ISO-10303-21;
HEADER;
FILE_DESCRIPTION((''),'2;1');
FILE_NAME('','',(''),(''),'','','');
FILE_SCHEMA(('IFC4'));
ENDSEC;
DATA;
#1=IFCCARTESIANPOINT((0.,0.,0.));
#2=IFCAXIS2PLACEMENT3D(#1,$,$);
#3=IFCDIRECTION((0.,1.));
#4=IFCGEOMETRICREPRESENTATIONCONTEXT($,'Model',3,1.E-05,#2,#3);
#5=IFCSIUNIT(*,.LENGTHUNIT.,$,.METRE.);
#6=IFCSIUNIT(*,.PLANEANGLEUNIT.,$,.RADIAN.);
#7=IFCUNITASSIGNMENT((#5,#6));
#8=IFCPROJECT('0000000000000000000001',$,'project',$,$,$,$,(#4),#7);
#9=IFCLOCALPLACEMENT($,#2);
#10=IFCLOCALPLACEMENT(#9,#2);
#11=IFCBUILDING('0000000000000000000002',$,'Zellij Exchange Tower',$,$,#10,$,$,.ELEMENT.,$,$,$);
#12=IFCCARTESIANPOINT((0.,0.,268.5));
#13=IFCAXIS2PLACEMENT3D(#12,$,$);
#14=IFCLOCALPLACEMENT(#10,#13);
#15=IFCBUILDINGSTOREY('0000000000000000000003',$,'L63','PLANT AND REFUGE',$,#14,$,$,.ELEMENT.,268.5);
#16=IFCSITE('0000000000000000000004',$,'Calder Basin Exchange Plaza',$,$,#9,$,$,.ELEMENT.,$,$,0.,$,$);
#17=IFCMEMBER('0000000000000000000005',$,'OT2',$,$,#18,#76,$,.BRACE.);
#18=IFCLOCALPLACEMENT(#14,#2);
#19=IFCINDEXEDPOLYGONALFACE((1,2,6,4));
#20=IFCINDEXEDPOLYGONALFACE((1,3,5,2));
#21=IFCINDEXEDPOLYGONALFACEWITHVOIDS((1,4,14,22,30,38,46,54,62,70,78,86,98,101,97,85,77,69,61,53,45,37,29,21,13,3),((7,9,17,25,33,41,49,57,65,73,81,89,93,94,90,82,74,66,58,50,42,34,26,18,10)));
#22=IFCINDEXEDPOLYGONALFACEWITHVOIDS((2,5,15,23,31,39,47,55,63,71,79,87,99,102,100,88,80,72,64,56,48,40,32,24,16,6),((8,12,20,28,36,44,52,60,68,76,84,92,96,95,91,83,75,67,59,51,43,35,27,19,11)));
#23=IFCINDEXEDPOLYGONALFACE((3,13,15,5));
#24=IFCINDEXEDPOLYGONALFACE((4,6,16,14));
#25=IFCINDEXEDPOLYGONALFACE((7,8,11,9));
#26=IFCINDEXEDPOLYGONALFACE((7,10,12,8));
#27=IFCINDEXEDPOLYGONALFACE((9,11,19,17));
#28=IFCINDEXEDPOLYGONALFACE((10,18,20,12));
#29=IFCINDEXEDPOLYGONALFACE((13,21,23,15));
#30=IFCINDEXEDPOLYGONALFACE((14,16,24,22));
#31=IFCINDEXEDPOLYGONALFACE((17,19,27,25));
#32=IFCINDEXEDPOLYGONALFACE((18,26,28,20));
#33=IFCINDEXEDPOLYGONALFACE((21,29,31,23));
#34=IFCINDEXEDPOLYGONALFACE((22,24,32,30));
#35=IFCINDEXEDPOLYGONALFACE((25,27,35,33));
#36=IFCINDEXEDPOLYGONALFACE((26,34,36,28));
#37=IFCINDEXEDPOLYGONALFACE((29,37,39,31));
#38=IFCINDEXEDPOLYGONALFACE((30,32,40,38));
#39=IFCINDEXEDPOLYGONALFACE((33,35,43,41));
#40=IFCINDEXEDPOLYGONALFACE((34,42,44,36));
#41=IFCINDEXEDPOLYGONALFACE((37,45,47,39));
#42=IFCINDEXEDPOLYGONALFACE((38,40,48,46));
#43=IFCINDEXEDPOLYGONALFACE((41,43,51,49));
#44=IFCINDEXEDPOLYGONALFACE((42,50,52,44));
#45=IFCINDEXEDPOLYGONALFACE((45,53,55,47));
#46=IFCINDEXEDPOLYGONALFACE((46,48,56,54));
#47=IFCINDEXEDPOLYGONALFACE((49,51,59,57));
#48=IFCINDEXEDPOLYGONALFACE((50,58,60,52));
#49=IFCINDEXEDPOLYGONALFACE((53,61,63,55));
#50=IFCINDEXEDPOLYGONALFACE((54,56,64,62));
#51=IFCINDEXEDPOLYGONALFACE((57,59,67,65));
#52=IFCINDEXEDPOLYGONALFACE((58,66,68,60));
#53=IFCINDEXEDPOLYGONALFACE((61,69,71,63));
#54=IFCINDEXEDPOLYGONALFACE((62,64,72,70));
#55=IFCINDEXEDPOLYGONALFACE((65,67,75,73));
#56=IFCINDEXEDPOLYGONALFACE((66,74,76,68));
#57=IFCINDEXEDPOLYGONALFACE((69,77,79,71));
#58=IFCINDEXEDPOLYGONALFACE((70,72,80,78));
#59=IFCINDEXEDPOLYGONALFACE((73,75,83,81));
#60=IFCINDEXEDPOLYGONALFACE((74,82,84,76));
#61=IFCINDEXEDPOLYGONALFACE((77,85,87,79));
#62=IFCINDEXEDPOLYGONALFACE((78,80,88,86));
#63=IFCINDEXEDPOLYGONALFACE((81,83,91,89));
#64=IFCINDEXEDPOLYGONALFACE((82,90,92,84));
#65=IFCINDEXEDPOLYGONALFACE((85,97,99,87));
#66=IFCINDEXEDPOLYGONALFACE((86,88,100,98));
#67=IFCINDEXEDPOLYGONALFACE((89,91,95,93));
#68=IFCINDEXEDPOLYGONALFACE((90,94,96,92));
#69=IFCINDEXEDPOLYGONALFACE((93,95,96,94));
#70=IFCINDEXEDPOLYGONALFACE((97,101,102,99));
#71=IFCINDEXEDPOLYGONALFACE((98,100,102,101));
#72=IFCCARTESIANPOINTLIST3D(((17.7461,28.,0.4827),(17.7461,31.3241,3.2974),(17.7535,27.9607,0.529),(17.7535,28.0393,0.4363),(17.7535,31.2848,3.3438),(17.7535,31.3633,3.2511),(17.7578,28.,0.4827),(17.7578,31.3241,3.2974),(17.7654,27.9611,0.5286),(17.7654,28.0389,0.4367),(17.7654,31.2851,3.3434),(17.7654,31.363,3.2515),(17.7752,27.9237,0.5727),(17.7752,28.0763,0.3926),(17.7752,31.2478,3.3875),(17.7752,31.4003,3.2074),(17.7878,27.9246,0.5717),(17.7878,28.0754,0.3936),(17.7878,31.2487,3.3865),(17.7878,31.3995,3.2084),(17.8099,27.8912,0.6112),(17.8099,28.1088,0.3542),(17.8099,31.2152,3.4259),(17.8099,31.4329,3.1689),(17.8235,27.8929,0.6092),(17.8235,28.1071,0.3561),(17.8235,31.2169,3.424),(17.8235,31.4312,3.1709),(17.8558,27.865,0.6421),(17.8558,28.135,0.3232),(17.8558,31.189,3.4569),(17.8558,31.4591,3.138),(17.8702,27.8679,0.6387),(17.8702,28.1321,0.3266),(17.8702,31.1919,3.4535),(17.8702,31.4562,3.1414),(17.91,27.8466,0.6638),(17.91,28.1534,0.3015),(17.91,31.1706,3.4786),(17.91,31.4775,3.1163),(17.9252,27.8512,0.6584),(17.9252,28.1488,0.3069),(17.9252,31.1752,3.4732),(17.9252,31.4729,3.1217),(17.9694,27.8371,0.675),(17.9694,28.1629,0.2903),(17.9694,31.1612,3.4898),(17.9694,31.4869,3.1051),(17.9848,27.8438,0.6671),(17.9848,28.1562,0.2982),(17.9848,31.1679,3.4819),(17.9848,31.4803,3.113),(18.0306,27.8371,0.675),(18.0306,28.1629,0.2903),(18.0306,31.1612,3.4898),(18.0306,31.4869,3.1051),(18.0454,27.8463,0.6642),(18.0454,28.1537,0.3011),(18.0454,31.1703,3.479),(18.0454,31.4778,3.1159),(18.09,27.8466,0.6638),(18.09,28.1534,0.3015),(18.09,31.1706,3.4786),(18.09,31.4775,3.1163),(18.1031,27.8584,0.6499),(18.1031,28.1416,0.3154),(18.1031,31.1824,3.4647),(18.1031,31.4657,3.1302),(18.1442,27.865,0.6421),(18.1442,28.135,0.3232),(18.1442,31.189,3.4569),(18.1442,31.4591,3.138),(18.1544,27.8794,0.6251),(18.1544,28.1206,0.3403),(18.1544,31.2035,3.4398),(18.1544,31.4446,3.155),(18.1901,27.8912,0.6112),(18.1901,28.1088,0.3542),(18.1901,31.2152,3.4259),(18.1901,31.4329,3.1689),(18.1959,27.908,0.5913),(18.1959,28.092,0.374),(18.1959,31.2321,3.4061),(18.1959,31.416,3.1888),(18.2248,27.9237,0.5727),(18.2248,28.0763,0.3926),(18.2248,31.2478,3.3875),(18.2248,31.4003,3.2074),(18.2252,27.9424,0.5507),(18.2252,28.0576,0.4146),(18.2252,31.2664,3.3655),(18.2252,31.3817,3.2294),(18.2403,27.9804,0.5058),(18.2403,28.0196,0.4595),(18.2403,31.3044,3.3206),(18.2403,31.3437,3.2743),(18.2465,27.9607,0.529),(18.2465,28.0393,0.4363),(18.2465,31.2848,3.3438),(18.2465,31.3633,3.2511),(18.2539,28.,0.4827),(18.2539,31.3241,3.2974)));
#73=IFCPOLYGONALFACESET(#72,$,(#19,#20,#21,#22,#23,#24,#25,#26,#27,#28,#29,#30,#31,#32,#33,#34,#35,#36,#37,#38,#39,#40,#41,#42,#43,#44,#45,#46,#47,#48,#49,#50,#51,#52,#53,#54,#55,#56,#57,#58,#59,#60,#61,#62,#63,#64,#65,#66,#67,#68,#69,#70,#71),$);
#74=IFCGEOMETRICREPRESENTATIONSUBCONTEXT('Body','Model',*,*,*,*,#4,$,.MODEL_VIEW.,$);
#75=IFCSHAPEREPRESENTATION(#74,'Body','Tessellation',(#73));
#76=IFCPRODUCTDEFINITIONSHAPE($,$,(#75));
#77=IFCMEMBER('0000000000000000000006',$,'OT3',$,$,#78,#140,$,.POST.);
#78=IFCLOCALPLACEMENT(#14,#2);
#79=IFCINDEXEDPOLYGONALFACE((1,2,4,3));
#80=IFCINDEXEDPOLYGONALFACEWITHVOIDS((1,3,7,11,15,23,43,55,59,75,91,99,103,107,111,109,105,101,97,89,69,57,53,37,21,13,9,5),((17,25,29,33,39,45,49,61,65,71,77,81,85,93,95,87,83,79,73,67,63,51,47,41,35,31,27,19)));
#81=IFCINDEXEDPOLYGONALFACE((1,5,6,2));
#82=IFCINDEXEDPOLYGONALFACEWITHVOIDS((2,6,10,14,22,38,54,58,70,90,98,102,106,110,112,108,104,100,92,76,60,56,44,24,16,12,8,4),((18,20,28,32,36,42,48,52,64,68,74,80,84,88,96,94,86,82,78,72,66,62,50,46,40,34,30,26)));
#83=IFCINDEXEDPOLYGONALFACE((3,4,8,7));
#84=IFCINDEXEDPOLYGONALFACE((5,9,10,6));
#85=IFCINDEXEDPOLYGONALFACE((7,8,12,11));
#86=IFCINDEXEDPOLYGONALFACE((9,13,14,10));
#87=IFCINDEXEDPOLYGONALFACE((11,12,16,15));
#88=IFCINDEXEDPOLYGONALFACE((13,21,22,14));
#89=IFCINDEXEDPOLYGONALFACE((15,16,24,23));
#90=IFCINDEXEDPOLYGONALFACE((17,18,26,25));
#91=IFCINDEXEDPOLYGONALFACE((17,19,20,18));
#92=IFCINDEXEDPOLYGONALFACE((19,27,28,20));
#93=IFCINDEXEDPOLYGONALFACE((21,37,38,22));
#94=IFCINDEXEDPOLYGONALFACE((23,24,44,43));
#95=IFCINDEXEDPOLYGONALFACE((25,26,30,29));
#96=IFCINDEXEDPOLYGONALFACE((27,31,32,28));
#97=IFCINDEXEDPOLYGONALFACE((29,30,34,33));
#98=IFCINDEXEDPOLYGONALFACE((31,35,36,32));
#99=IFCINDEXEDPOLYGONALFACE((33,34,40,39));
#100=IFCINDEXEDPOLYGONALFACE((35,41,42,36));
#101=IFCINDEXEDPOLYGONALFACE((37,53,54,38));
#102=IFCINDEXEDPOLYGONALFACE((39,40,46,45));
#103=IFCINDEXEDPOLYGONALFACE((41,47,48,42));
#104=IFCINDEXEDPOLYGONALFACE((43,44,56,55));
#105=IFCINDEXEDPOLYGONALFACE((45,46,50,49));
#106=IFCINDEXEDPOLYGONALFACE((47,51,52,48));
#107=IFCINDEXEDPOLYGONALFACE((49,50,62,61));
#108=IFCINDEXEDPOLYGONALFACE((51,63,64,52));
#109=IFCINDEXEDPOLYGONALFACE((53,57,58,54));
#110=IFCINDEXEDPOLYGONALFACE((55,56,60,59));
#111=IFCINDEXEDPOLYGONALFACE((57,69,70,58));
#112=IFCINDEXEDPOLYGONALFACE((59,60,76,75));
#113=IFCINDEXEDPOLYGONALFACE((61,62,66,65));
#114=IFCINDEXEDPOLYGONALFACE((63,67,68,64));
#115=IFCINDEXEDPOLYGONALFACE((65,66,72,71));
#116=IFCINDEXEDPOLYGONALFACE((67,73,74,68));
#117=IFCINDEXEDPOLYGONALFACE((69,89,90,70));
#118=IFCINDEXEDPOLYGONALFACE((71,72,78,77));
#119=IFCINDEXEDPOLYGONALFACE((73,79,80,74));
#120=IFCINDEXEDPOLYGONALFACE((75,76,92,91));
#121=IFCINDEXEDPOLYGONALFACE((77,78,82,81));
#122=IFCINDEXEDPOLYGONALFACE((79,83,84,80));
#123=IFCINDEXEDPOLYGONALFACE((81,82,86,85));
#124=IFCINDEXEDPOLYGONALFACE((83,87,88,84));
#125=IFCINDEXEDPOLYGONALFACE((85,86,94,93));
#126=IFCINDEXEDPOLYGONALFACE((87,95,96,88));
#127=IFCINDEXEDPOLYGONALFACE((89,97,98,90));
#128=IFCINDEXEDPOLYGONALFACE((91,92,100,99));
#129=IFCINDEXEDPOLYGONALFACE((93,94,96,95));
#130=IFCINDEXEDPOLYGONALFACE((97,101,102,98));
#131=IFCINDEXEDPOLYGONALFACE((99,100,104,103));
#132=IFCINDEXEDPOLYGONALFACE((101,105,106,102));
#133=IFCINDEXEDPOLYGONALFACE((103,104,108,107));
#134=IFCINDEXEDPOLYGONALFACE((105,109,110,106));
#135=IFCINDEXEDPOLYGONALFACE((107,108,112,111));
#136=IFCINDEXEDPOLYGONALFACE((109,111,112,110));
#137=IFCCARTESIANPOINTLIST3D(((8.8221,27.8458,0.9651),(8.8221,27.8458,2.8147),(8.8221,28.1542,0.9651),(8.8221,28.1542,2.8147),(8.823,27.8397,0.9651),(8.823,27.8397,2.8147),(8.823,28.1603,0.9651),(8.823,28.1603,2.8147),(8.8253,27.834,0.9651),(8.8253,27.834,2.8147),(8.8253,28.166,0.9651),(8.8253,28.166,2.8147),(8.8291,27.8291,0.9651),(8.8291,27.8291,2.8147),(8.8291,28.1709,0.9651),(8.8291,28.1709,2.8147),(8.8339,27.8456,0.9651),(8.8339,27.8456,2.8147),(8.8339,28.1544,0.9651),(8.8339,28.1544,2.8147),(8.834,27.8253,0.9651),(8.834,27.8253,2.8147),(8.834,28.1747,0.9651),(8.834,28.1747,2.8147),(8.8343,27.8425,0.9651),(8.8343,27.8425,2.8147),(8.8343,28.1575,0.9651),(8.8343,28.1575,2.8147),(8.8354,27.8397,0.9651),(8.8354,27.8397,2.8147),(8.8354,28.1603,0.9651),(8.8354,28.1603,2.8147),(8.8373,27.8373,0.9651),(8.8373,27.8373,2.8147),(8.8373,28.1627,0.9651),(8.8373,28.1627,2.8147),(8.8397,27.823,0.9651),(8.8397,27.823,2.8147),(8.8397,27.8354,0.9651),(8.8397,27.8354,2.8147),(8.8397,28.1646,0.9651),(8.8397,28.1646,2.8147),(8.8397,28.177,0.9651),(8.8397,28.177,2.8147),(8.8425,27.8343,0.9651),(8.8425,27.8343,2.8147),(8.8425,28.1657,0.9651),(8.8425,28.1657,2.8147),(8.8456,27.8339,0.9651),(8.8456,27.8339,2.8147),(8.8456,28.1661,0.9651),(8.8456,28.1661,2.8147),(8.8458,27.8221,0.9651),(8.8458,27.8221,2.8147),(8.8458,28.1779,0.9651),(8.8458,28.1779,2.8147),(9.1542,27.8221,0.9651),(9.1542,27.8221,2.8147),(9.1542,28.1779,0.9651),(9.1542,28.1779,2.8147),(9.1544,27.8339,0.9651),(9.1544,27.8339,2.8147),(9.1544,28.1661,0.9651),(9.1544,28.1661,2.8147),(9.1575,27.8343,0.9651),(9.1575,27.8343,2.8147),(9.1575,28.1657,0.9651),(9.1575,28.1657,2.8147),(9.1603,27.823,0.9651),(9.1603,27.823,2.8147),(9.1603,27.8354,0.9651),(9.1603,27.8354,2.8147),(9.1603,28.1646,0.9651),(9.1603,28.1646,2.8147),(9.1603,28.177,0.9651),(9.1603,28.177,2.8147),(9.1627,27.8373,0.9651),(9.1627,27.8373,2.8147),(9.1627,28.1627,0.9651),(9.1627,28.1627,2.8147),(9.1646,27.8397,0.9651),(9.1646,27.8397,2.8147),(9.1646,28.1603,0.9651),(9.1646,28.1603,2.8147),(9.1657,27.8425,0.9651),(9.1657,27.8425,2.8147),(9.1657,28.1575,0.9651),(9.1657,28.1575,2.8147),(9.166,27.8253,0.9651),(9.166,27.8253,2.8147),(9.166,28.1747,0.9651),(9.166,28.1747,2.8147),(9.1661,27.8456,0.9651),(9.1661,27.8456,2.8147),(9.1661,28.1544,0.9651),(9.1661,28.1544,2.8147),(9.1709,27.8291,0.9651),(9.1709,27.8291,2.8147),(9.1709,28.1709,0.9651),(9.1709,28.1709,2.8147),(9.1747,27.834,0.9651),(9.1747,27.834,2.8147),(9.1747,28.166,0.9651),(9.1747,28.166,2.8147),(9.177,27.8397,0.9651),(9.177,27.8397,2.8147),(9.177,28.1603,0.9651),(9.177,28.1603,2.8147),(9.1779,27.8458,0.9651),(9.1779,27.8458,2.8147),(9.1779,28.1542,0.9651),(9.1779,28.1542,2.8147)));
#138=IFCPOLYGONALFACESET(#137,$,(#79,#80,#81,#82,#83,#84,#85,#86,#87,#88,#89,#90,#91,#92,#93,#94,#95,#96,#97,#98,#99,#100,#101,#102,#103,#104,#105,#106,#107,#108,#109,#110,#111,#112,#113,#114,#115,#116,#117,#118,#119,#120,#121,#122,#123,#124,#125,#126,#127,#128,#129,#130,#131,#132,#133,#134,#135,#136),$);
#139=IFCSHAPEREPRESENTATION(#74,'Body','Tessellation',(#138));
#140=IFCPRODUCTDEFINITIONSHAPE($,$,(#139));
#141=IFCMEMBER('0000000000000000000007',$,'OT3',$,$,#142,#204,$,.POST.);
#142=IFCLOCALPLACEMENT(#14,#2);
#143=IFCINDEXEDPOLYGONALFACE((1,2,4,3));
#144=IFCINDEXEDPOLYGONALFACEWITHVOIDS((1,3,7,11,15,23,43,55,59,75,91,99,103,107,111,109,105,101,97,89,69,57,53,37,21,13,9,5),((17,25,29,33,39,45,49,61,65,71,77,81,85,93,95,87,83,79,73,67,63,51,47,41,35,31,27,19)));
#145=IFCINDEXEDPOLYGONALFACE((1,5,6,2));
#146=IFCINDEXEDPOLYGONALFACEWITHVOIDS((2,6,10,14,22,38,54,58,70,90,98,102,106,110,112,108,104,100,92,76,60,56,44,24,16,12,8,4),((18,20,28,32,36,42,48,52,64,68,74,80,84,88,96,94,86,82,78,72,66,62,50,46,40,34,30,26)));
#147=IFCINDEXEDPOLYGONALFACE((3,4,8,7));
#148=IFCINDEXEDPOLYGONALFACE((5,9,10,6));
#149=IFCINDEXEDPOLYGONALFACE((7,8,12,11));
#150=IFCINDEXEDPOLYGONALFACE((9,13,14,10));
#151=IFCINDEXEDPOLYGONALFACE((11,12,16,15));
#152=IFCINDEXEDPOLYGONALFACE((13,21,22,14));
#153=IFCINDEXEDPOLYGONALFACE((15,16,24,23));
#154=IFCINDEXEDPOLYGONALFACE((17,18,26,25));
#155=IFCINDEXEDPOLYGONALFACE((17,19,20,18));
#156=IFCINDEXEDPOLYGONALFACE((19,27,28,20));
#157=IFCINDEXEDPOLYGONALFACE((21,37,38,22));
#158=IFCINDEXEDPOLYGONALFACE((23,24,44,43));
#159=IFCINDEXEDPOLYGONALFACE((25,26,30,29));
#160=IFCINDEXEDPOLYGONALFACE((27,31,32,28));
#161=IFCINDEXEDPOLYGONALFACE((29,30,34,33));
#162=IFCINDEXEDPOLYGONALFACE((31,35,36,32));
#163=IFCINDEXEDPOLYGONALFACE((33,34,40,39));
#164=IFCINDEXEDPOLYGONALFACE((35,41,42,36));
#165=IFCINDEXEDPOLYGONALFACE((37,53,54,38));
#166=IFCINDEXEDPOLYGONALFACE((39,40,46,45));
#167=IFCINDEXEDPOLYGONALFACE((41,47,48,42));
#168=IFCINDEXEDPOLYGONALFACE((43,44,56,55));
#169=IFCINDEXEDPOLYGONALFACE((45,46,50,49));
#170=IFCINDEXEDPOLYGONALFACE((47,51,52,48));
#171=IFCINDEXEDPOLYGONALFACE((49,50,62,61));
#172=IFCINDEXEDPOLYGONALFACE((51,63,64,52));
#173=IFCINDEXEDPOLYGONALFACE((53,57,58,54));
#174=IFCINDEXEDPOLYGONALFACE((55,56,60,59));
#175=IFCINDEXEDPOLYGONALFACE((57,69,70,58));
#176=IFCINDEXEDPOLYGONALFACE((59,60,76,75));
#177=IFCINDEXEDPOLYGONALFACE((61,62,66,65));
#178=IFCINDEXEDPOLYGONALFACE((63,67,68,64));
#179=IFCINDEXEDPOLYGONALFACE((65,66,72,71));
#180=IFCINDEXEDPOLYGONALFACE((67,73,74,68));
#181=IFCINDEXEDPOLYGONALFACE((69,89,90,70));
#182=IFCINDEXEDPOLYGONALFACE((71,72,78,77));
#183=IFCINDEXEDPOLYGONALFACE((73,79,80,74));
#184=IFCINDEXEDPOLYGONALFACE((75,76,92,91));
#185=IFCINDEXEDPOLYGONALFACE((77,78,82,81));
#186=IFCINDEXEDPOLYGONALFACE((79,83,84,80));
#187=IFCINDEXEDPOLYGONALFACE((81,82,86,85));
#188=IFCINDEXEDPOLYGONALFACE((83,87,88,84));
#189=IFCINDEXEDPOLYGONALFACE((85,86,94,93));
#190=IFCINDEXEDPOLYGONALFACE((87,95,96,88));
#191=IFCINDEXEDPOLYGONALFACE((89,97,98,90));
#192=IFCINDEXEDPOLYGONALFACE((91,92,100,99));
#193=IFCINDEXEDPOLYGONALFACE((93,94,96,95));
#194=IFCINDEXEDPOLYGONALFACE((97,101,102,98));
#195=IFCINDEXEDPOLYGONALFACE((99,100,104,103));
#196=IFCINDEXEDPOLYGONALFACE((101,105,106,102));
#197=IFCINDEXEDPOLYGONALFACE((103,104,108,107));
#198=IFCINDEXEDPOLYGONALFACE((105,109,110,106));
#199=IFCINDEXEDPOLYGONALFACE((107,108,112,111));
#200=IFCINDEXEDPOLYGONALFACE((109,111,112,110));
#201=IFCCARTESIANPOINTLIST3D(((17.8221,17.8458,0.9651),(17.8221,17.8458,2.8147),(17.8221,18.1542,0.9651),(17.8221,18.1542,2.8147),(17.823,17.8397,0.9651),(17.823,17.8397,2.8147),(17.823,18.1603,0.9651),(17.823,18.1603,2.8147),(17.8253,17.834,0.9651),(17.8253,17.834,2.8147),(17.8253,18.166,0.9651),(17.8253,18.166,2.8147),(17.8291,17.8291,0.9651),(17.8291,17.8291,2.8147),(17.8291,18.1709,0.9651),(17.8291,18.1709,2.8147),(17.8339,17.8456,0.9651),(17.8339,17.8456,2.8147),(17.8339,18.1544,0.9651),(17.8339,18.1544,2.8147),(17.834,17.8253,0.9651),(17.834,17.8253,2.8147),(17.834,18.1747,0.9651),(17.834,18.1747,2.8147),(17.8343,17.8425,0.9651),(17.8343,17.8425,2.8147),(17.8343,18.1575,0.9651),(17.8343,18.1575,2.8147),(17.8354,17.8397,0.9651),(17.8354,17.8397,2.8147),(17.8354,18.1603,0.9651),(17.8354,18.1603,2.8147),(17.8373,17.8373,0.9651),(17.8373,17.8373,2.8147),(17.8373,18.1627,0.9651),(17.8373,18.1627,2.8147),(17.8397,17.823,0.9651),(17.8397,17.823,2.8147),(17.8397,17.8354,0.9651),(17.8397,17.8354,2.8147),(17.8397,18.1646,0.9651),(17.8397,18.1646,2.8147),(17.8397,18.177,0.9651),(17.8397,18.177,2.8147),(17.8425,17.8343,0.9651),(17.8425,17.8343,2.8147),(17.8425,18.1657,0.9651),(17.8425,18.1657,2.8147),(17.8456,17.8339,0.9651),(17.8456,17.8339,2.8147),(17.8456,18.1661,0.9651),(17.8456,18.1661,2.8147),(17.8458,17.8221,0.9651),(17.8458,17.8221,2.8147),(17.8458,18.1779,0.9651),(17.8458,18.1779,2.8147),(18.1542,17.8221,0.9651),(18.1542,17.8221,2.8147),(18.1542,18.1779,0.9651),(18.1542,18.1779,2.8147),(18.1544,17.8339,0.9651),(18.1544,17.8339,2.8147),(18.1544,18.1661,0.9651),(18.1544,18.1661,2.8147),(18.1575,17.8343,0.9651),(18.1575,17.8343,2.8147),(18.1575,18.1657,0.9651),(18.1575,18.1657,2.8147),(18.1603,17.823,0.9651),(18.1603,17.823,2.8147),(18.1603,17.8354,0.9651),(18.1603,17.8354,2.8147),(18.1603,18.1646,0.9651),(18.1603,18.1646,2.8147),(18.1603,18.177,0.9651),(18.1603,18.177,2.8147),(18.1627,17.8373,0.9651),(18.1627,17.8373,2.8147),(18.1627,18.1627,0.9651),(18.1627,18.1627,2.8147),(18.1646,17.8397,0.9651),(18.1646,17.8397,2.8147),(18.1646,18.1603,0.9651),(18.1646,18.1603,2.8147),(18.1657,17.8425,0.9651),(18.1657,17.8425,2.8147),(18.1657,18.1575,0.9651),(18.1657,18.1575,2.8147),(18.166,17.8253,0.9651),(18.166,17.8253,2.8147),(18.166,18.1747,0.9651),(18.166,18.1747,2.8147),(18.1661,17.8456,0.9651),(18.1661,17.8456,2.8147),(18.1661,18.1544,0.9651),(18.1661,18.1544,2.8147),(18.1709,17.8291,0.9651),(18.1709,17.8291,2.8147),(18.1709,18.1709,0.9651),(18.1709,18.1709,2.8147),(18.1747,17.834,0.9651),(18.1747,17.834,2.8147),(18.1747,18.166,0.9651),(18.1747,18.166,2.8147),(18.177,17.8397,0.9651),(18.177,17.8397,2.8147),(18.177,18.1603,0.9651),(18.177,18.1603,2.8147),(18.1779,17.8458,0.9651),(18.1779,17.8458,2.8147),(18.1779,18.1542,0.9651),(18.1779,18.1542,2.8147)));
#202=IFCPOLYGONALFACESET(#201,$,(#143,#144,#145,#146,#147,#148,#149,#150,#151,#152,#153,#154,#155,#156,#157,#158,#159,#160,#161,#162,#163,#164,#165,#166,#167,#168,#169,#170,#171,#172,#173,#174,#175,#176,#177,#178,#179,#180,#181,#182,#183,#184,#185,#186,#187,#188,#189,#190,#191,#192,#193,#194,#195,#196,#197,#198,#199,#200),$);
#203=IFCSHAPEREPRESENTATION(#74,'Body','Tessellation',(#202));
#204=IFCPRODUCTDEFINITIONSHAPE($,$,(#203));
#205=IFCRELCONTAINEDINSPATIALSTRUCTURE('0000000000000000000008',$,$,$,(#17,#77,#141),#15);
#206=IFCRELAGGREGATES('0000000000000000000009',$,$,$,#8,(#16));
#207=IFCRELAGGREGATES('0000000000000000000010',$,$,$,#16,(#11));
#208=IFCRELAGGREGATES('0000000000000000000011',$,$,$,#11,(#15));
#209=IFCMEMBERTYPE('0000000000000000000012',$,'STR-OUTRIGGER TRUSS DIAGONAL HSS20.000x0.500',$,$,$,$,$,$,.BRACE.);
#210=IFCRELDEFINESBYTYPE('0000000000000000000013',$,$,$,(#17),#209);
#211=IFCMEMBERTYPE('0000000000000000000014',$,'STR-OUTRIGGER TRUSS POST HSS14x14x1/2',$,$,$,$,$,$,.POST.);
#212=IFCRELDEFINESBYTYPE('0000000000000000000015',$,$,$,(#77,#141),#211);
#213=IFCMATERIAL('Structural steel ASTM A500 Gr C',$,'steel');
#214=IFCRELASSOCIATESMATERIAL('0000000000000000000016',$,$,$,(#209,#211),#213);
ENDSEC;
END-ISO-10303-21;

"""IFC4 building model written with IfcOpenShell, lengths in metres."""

from ifc_helpers import new_model, si_unit, direction, frame, origin, origin_2d, place, context, subcontext, project, spatial, hollow_rectangle, hollow_circle, extrude, material, material_profile, profile_set, type_object, element, save


model = new_model("IFC4")

# Units and contexts
model_context = context("Model", 3, precision=1e-05, world=origin(), true_north=direction((0.0, 1.0)))
body_context = subcontext(model_context, "Body", "Model", "MODEL_VIEW")
ifc_project = project(units=[si_unit("LENGTHUNIT", "METRE"), si_unit("PLANEANGLEUNIT", "RADIAN")], contexts=[model_context])

# Site, building, storey
site_placement = place(None, origin())
site = spatial("IfcSite", under=ifc_project, at=site_placement, Name="Calder Basin Exchange Plaza", CompositionType="ELEMENT", RefElevation=0.0)
building_placement = place(site_placement, origin())
building = spatial("IfcBuilding", under=site, at=building_placement, Name="Zellij Exchange Tower", CompositionType="ELEMENT")
storey_placement = place(building_placement, frame((0.0, 0.0, 268.5)))
storey = spatial("IfcBuildingStorey", under=building, at=storey_placement, Name="L63", Description="PLANT AND REFUGE", CompositionType="ELEMENT", Elevation=268.5)

# Members
ifc_material_1 = material(Name="Structural steel ASTM A500 Gr C", Category="steel")
ifc_material_profile_1 = material_profile(ifc_material_1, hollow_circle(Radius=0.2539, WallThickness=0.0117, at=origin_2d()), Name="STR-OUTRIGGER TRUSS DIAGONAL HSS20.000x0.500")
ifc_profile_set_1 = profile_set([ifc_material_profile_1], Name="Structural steel ASTM A500 Gr C")
member_type_1 = type_object("IfcMemberType", Name="STR-OUTRIGGER TRUSS DIAGONAL HSS20.000x0.500", PredefinedType="BRACE", material=ifc_profile_set_1)
member_1_placement = place(storey_placement, frame((18.0, 28.0, 0.4827), z_axis=(0.0, 0.763148, 0.646224), x_axis=(-1.0, 0.0, 0.0)))
element("IfcMember", 1, at=member_1_placement, inside=storey, type_object=member_type_1, Name="OT2", PredefinedType="BRACE", context=body_context, shape_type="SweptSolid", body=[
    extrude(hollow_circle(Radius=0.2539, WallThickness=0.0117, at=origin_2d()), origin(), (0.0, 0.0, 1.0), 4.3557),
])
ifc_material_profile_2 = material_profile(ifc_material_1, hollow_rectangle(XDim=0.3557, YDim=0.3557, WallThickness=0.0117, InnerFilletRadius=0.0117, OuterFilletRadius=0.0237, at=origin_2d()), Name="STR-OUTRIGGER TRUSS POST HSS14x14x1/2")
ifc_profile_set_2 = profile_set([ifc_material_profile_2], Name="Structural steel ASTM A500 Gr C")
member_type_2 = type_object("IfcMemberType", Name="STR-OUTRIGGER TRUSS POST HSS14x14x1/2", PredefinedType="POST", material=ifc_profile_set_2)
for number, where, z_axis, x_axis, name in (
    (2, (9.0, 28.0, 0.9651), (0.0, 0.0, 1.0), (1.0, 0.0, 0.0), "OT3"),
    (3, (18.0, 18.0, 0.9651), (0.0, 0.0, 1.0), (1.0, 0.0, 0.0), "OT3"),
):
    element("IfcMember", number, at=place(storey_placement, frame(where, z_axis=z_axis, x_axis=x_axis)), inside=storey, type_object=member_type_2, Name=name, PredefinedType="POST", context=body_context, shape_type="SweptSolid", body=[
        extrude(hollow_rectangle(XDim=0.3557, YDim=0.3557, WallThickness=0.0117, InnerFilletRadius=0.0117, OuterFilletRadius=0.0237, at=origin_2d()), origin(), (0.0, 0.0, 1.0), 1.8496),
    ])

save(model, "model.ifc")
